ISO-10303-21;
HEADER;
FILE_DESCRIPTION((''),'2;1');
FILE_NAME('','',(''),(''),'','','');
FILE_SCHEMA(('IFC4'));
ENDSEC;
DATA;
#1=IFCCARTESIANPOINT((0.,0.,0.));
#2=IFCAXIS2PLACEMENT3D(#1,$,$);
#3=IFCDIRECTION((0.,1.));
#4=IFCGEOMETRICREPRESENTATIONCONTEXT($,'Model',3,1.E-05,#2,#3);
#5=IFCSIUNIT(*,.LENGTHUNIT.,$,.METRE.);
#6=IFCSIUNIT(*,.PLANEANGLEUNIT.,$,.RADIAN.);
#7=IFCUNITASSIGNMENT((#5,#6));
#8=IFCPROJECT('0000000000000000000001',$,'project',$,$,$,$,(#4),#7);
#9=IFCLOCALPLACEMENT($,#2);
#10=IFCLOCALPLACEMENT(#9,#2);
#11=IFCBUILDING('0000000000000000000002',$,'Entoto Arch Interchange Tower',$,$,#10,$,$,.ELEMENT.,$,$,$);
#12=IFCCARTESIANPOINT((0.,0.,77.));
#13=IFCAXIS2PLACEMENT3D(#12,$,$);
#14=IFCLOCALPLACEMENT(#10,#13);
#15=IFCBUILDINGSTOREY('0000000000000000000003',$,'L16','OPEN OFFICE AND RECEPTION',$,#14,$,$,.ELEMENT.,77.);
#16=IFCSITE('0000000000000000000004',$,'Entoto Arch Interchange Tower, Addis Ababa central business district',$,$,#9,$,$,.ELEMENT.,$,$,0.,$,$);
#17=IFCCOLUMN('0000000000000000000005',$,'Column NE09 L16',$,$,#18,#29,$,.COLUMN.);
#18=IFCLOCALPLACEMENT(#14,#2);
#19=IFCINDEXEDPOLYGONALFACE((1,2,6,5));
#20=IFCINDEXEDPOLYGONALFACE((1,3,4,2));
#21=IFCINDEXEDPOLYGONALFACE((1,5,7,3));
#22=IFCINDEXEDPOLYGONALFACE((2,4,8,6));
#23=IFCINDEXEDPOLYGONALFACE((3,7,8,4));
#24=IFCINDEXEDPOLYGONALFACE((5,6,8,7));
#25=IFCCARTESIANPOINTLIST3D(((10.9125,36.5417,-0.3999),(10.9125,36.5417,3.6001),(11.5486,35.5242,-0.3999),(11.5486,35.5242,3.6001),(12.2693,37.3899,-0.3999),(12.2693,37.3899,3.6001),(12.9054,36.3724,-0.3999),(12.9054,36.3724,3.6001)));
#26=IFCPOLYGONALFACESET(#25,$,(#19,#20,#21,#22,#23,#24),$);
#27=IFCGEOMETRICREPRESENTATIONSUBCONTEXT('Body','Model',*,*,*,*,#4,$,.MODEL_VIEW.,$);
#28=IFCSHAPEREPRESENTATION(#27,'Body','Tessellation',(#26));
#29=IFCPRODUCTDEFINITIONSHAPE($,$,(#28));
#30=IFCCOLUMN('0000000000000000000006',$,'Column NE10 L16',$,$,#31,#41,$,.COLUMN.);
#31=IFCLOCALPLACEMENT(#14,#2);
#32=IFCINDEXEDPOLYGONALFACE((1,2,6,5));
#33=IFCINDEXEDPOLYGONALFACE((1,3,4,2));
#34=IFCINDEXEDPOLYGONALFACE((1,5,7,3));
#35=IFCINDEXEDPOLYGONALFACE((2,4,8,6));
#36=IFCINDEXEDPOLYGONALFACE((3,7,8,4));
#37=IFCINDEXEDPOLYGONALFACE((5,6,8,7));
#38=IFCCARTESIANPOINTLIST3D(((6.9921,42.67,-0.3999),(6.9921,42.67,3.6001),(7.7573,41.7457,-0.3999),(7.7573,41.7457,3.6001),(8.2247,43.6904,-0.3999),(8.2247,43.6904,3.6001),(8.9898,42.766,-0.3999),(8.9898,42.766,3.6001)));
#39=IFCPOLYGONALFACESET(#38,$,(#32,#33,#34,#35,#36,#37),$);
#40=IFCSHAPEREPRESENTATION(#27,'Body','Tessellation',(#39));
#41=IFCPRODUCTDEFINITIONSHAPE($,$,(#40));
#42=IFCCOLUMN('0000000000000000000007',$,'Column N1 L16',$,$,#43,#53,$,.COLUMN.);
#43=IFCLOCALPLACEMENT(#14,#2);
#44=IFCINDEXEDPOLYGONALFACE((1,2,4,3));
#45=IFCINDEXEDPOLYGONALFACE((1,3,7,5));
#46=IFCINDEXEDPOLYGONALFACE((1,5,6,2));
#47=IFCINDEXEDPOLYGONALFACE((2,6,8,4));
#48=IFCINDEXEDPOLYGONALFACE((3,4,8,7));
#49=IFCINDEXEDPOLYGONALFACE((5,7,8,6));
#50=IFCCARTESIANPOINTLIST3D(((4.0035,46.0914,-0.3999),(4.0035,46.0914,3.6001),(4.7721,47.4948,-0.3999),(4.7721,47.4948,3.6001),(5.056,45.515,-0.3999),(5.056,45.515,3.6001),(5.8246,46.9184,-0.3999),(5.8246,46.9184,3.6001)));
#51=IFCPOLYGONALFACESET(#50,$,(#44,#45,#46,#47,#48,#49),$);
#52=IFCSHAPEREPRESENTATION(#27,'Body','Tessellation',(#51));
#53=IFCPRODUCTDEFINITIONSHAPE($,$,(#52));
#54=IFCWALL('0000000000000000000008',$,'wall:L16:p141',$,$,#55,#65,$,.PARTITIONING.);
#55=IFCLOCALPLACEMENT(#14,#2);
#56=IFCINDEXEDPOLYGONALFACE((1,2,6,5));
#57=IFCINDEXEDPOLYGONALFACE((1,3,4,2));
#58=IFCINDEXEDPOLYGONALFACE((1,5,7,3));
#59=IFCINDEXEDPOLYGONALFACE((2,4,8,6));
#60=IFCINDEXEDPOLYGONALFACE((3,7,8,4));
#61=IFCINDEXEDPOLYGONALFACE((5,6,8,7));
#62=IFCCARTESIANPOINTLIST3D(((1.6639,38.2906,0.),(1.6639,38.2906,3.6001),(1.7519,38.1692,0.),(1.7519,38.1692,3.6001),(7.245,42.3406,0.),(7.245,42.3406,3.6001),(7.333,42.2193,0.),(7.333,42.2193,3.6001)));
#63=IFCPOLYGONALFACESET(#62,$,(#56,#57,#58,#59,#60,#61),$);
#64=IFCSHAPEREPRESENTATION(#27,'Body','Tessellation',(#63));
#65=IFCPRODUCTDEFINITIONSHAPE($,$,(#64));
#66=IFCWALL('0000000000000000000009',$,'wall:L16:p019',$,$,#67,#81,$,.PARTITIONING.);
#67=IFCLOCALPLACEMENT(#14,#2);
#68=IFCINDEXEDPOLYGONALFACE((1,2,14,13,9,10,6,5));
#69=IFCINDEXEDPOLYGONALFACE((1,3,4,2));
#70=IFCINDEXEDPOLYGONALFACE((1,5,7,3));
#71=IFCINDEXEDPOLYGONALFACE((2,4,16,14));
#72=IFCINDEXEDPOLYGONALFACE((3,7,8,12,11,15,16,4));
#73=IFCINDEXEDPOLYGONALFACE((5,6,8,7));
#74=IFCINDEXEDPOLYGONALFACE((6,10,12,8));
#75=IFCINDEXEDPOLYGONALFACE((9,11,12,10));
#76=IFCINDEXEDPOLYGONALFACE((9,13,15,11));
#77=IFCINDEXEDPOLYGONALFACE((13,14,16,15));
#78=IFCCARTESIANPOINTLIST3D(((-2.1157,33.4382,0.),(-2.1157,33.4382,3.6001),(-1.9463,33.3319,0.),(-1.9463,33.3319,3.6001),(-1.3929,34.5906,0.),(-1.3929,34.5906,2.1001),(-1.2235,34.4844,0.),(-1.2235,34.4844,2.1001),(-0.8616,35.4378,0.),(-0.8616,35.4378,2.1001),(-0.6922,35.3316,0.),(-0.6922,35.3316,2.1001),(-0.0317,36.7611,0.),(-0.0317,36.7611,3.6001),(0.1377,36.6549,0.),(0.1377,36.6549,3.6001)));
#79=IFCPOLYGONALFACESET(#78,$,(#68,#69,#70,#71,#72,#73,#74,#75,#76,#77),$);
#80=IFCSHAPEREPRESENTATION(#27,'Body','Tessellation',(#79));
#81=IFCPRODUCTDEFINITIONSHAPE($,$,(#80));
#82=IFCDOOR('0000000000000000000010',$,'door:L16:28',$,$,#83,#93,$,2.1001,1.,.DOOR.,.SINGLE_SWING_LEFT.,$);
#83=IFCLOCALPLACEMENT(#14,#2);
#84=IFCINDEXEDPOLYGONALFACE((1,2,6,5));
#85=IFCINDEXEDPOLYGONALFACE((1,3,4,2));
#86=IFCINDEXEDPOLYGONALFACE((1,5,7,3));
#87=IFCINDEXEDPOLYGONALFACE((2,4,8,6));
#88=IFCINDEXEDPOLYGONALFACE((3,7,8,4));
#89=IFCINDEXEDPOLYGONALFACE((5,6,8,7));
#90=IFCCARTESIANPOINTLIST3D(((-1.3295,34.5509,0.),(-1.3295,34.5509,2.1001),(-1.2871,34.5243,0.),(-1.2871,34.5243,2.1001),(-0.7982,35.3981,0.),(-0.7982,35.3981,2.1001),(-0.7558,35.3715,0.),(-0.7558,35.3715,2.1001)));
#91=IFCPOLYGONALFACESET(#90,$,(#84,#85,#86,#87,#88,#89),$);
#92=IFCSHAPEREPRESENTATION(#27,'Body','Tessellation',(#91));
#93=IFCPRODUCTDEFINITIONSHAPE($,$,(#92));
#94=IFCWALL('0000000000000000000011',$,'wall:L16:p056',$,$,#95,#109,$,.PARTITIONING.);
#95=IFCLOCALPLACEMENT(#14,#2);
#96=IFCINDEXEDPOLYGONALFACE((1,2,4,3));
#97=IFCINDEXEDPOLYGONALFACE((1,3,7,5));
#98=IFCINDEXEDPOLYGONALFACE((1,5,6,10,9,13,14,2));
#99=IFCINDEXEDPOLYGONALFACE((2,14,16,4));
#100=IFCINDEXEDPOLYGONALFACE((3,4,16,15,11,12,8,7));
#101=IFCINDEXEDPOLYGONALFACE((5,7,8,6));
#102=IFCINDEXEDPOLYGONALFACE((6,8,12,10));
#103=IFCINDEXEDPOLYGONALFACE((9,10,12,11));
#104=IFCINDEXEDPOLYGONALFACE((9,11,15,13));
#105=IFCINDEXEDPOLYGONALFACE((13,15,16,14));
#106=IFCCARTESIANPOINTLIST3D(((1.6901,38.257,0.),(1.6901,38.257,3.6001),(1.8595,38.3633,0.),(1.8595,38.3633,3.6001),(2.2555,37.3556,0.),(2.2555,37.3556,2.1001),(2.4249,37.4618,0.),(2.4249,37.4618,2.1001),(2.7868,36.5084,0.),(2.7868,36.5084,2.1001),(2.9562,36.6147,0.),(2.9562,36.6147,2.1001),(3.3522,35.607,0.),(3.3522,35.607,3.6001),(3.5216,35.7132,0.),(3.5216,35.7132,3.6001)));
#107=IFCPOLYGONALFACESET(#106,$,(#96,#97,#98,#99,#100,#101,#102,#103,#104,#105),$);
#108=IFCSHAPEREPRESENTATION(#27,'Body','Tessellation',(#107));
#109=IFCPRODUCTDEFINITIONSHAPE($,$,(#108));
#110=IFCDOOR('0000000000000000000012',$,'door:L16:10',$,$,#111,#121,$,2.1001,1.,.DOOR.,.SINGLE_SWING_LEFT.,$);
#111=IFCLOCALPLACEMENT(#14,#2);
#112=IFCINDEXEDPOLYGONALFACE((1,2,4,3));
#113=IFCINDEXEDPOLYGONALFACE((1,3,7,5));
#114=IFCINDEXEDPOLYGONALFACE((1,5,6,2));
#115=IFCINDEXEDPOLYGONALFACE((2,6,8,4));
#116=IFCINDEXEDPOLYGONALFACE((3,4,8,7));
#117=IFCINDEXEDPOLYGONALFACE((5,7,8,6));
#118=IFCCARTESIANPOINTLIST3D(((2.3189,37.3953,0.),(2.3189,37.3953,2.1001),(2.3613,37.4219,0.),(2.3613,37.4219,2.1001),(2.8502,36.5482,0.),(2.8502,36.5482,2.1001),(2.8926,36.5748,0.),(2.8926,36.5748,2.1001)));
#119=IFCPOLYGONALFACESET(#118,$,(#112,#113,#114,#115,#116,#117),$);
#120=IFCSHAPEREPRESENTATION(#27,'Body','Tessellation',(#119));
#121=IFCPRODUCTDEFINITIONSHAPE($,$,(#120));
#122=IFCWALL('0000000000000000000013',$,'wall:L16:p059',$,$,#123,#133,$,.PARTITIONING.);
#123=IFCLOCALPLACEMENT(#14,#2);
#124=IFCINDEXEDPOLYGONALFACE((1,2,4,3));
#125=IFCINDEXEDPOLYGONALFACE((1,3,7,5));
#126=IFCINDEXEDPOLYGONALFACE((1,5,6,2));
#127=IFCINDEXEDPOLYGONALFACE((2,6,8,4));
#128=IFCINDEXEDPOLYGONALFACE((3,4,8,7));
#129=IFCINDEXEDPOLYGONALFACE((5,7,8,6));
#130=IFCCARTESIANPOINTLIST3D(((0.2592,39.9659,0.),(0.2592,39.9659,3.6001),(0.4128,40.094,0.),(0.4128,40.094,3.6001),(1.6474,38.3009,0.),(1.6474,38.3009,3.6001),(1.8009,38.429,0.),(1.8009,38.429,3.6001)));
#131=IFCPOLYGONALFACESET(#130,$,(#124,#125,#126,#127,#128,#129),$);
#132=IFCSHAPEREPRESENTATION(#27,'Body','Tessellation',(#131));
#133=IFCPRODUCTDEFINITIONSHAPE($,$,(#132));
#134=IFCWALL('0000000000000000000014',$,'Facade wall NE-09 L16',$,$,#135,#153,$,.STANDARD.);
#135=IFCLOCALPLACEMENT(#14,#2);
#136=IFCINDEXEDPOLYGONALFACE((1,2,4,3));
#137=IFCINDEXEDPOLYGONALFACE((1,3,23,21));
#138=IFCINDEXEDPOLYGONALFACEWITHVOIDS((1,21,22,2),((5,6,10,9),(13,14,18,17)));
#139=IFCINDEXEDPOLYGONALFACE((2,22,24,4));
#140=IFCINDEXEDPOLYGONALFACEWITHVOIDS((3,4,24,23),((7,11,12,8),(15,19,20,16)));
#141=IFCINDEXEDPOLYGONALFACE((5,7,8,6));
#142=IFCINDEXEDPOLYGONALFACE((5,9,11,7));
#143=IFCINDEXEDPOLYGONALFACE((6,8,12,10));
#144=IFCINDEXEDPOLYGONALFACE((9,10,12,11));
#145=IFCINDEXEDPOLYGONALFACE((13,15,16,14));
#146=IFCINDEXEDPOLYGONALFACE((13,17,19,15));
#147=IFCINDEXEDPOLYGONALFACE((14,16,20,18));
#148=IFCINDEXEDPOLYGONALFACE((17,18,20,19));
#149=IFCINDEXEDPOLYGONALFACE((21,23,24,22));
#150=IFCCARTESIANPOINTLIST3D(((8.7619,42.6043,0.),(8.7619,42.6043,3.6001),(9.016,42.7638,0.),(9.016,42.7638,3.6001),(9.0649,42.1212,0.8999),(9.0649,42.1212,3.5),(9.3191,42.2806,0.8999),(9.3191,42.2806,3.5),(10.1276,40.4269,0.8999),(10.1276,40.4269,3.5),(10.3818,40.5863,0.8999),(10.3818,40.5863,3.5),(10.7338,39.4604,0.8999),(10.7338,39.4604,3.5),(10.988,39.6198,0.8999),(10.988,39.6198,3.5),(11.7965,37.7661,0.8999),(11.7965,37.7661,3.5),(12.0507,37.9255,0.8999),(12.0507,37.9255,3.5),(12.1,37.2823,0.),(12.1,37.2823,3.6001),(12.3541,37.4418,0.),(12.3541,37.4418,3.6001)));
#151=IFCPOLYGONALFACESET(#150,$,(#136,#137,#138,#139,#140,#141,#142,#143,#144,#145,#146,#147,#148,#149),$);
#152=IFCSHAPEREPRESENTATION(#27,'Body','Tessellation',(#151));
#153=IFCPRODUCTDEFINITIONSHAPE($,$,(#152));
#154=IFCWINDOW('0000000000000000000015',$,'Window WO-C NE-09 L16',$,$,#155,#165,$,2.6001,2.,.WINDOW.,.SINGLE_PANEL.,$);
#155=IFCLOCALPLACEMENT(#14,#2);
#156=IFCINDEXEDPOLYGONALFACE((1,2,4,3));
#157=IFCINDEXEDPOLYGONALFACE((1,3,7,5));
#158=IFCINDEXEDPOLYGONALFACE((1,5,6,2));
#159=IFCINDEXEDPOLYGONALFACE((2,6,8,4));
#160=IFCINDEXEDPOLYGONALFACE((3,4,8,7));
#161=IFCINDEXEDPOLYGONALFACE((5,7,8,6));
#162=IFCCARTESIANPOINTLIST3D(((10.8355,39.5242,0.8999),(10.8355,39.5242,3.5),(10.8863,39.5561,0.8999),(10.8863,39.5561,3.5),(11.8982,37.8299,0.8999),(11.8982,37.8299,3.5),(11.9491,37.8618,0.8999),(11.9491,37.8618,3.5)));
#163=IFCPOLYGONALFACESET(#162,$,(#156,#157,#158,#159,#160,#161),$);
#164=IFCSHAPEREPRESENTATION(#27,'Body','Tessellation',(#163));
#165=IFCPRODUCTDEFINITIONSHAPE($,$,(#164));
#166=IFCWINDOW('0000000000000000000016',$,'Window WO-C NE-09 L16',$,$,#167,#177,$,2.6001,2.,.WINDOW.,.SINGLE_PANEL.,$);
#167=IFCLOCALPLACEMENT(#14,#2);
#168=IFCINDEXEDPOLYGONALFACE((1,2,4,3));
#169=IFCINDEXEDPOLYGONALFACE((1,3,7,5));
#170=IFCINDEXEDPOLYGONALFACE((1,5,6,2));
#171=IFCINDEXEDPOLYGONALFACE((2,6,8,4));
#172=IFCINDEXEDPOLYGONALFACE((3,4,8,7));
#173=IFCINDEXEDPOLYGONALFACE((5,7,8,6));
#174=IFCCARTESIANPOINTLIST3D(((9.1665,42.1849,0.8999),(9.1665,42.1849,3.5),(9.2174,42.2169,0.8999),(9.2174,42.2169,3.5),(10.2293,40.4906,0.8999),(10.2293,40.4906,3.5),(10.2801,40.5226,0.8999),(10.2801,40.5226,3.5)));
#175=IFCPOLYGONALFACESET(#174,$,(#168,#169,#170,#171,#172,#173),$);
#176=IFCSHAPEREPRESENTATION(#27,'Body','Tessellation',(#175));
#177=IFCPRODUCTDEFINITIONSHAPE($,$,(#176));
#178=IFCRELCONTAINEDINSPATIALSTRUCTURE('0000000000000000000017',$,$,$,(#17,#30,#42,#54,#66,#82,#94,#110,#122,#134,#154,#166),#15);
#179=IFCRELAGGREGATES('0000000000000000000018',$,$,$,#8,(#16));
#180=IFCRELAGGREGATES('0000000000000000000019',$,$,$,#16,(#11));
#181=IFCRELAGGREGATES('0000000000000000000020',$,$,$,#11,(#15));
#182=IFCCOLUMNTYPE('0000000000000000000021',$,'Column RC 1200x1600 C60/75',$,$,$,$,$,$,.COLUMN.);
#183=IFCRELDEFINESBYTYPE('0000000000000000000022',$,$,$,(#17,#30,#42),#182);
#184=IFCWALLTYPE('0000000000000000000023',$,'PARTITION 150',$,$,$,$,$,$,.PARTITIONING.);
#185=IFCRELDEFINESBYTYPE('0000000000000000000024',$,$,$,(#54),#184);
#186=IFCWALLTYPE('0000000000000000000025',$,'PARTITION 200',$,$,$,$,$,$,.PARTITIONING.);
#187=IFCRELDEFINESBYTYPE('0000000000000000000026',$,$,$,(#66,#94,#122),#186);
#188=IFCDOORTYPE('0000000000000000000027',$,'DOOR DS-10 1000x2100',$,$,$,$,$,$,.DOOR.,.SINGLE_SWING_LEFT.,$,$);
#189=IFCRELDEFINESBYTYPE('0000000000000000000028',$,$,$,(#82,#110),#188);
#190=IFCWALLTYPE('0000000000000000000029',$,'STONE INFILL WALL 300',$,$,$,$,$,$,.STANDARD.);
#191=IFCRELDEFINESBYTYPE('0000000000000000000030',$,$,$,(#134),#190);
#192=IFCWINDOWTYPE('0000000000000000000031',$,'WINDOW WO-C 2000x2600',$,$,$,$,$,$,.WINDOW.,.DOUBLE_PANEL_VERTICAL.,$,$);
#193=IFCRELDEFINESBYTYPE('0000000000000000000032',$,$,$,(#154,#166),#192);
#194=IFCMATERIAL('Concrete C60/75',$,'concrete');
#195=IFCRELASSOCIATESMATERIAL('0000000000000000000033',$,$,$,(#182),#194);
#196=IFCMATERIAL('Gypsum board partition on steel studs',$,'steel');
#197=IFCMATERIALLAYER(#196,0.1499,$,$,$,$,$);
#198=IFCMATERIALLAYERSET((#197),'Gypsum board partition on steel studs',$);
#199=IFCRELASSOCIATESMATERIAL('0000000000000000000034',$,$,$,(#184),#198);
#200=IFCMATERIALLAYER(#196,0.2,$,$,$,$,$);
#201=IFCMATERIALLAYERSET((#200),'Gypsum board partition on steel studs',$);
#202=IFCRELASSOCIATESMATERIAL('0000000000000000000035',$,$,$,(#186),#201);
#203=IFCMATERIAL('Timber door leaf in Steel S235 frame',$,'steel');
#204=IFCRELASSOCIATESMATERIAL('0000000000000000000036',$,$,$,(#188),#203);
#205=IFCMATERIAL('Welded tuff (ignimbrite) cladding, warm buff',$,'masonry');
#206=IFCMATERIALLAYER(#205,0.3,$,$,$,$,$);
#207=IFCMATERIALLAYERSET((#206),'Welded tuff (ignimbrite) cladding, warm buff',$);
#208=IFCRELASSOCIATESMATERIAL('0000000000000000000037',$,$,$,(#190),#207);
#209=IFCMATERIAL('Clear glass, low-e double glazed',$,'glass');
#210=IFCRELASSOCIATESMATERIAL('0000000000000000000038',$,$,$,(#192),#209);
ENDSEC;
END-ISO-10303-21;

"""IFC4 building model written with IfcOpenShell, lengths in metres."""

from ifc_helpers import new_model, si_unit, direction, frame, frame_2d, origin, origin_2d, place, context, subcontext, project, spatial, rectangle, extrude, material, layer, layer_set, material_profile, profile_set, type_object, element, fill, save


model = new_model("IFC4")

# Units and contexts
model_context = context("Model", 3, precision=1e-05, world=origin(), true_north=direction((0.0, 1.0)))
body_context = subcontext(model_context, "Body", "Model", "MODEL_VIEW")
ifc_project = project(units=[si_unit("LENGTHUNIT", "METRE"), si_unit("PLANEANGLEUNIT", "RADIAN")], contexts=[model_context])

# Site, building, storey
site_placement = place(None, origin())
site = spatial("IfcSite", under=ifc_project, at=site_placement, Name="Entoto Arch Interchange Tower, Addis Ababa central business district", CompositionType="ELEMENT", RefElevation=0.0)
building_placement = place(site_placement, origin())
building = spatial("IfcBuilding", under=site, at=building_placement, Name="Entoto Arch Interchange Tower", CompositionType="ELEMENT")
storey_placement = place(building_placement, frame((0.0, 0.0, 77.0)))
storey = spatial("IfcBuildingStorey", under=building, at=storey_placement, Name="L16", Description="OPEN OFFICE AND RECEPTION", CompositionType="ELEMENT", Elevation=77.0)

# Columns
ifc_material_1 = material(Name="Concrete C60/75", Category="concrete")
ifc_material_profile = material_profile(ifc_material_1, rectangle(XDim=1.2, YDim=1.6001, at=origin_2d()))
ifc_profile_set = profile_set([ifc_material_profile], Name="Concrete C60/75")
column_type = type_object("IfcColumnType", Name="Column RC 1200x1600 C60/75", PredefinedType="COLUMN", material=ifc_profile_set)
for number, where, z_axis, x_axis, name in (
    (1, (11.9089, 36.457, -0.3999), (0.0, 0.0, 1.0), (-0.530067, 0.847956, 0.0), "Column NE09 L16"),
    (2, (7.991, 42.718, -0.3999), (0.0, 0.0, 1.0), (-0.637666, 0.770313, 0.0), "Column NE10 L16"),
    (3, (4.9141, 46.5049, -0.3999), (0.0, 0.0, 1.0), (-0.877079, 0.480346, 0.0), "Column N1 L16"),
):
    element("IfcColumn", number, at=place(storey_placement, frame(where, z_axis=z_axis, x_axis=x_axis)), inside=storey, type_object=column_type, Name=name, PredefinedType="COLUMN", context=body_context, shape_type="SweptSolid", body=[
        extrude(rectangle(XDim=1.2, YDim=1.6001, at=origin_2d()), origin(), (0.0, 0.0, 1.0), 4.0),
    ])

# Wall
ifc_material_2 = material(Name="Gypsum board partition on steel studs", Category="steel")
ifc_layer_1 = layer(ifc_material_2, 0.1499)
ifc_layer_set_1 = layer_set([ifc_layer_1], Name="Gypsum board partition on steel studs")
wall_type_1 = type_object("IfcWallType", Name="PARTITION 150", PredefinedType="PARTITIONING", material=ifc_layer_set_1)
wall_1_placement = place(storey_placement, frame((1.708, 38.23, 0.0), z_axis=(0.0, 0.0, 1.0), x_axis=(0.80935, 0.587327, 0.0)))
element("IfcWall", 4, at=wall_1_placement, inside=storey, type_object=wall_type_1, Name="wall:L16:p141", PredefinedType="PARTITIONING", context=body_context, shape_type="SweptSolid", body=[
    extrude(rectangle(XDim=6.8958, YDim=0.1499, at=frame_2d((3.4478, 0.0))), origin(), (0.0, 0.0, 1.0), 3.6001),
])

# Walls, openings, doors
ifc_layer_2 = layer(ifc_material_2, 0.2)
ifc_layer_set_2 = layer_set([ifc_layer_2], Name="Gypsum board partition on steel studs")
wall_type_2 = type_object("IfcWallType", Name="PARTITION 200", PredefinedType="PARTITIONING", material=ifc_layer_set_2)
wall_2_placement = place(storey_placement, frame((0.053, 36.708, 0.0), z_axis=(0.0, 0.0, 1.0), x_axis=(-0.531302, -0.847183, 0.0)))
wall_2 = element("IfcWall", 5, at=wall_2_placement, inside=storey, type_object=wall_type_2, Name="wall:L16:p019", PredefinedType="PARTITIONING", context=body_context, shape_type="SweptSolid", body=[
    extrude(rectangle(XDim=3.9224, YDim=0.2, at=frame_2d((1.9612, 0.0))), origin(), (0.0, 0.0, 1.0), 3.6001),
])
opening_1_placement = place(wall_2_placement, frame((1.562, 0.0, 0.0)))
opening_1 = element("IfcOpeningElement", 6, at=opening_1_placement, cuts=wall_2, PredefinedType="OPENING", context=body_context, shape_type="SweptSolid", body=[
    extrude(rectangle(XDim=1.0, YDim=2.1001, at=frame_2d((0.5, 1.05))), frame((0.0, 0.1099, 0.0), z_axis=(0.0, -1.0, 0.0), x_axis=(1.0, 0.0, 0.0)), (0.0, 0.0, 1.0), 0.22),
])
ifc_material_3 = material(Name="Timber door leaf in Steel S235 frame", Category="steel")
door_type = type_object("IfcDoorType", Name="DOOR DS-10 1000x2100", OperationType="SINGLE_SWING_LEFT", PredefinedType="DOOR", material=ifc_material_3)
door_1_placement = place(opening_1_placement, origin())
door_1 = element("IfcDoor", 7, at=door_1_placement, inside=storey, type_object=door_type, Name="door:L16:28", OperationType="SINGLE_SWING_LEFT", OverallHeight=2.1001, OverallWidth=1.0, PredefinedType="DOOR", context=body_context, shape_type="SweptSolid", body=[
    extrude(rectangle(XDim=1.0, YDim=2.1001, at=frame_2d((0.5, 1.05))), frame((0.0, 0.0249, 0.0), z_axis=(0.0, -1.0, 0.0), x_axis=(1.0, 0.0, 0.0)), (0.0, 0.0, 1.0), 0.05),
])
fill(opening_1, door_1)
wall_3_placement = place(storey_placement, frame((1.7749, 38.3101, 0.0), z_axis=(0.0, 0.0, 1.0), x_axis=(0.531324, -0.847169, 0.0)))
wall_3 = element("IfcWall", 8, at=wall_3_placement, inside=storey, type_object=wall_type_2, Name="wall:L16:p056", PredefinedType="PARTITIONING", context=body_context, shape_type="SweptSolid", body=[
    extrude(rectangle(XDim=3.1282, YDim=0.2, at=frame_2d((1.564, 0.0))), origin(), (0.0, 0.0, 1.0), 3.6001),
])
opening_2_placement = place(wall_3_placement, frame((1.064, 0.0, 0.0)))
opening_2 = element("IfcOpeningElement", 9, at=opening_2_placement, cuts=wall_3, PredefinedType="OPENING", context=body_context, shape_type="SweptSolid", body=[
    extrude(rectangle(XDim=1.0, YDim=2.1001, at=frame_2d((0.5, 1.05))), frame((0.0, 0.1099, 0.0), z_axis=(0.0, -1.0, 0.0), x_axis=(1.0, 0.0, 0.0)), (0.0, 0.0, 1.0), 0.22),
])
door_2_placement = place(opening_2_placement, origin())
door_2 = element("IfcDoor", 10, at=door_2_placement, inside=storey, type_object=door_type, Name="door:L16:10", OperationType="SINGLE_SWING_LEFT", OverallHeight=2.1001, OverallWidth=1.0, PredefinedType="DOOR", context=body_context, shape_type="SweptSolid", body=[
    extrude(rectangle(XDim=1.0, YDim=2.1001, at=frame_2d((0.5, 1.05))), frame((0.0, 0.0249, 0.0), z_axis=(0.0, -1.0, 0.0), x_axis=(1.0, 0.0, 0.0)), (0.0, 0.0, 1.0), 0.05),
])
fill(opening_2, door_2)

# Wall
wall_4_placement = place(storey_placement, frame((0.3359, 40.03, 0.0), z_axis=(0.0, 0.0, 1.0), x_axis=(0.640362, -0.768074, 0.0)))
element("IfcWall", 11, at=wall_4_placement, inside=storey, type_object=wall_type_2, Name="wall:L16:p059", PredefinedType="PARTITIONING", context=body_context, shape_type="SweptSolid", body=[
    extrude(rectangle(XDim=2.1677, YDim=0.2, at=frame_2d((1.084, 0.0))), origin(), (0.0, 0.0, 1.0), 3.6001),
])

# Wall, openings, windows
ifc_material_4 = material(Name="Welded tuff (ignimbrite) cladding, warm buff", Category="masonry")
ifc_layer_3 = layer(ifc_material_4, 0.3)
ifc_layer_set_3 = layer_set([ifc_layer_3], Name="Welded tuff (ignimbrite) cladding, warm buff")
wall_type_3 = type_object("IfcWallType", Name="STONE INFILL WALL 300", PredefinedType="STANDARD", material=ifc_layer_set_3)
wall_5_placement = place(storey_placement, frame((12.2271, 37.3621, 0.0), z_axis=(0.0, 0.0, 1.0), x_axis=(-0.531357, 0.847148, 0.0)))
wall_5 = element("IfcWall", 12, at=wall_5_placement, inside=storey, type_object=wall_type_3, Name="Facade wall NE-09 L16", PredefinedType="STANDARD", context=body_context, shape_type="SweptSolid", body=[
    extrude(rectangle(XDim=6.2822, YDim=0.3, at=frame_2d((3.1411, 0.0))), origin(), (0.0, 0.0, 1.0), 3.6001),
])
opening_3_placement = place(wall_5_placement, frame((0.571, 0.0, 0.8999)))
opening_3 = element("IfcOpeningElement", 13, at=opening_3_placement, cuts=wall_5, PredefinedType="OPENING", context=body_context, shape_type="SweptSolid", body=[
    extrude(rectangle(XDim=2.0, YDim=2.6001, at=frame_2d((1.0, 1.3))), frame((0.0, 0.1602, 0.0), z_axis=(0.0, -1.0, 0.0), x_axis=(1.0, 0.0, 0.0)), (0.0, 0.0, 1.0), 0.3201),
])
opening_4_placement = place(wall_5_placement, frame((3.7119, 0.0, 0.8999)))
opening_4 = element("IfcOpeningElement", 14, at=opening_4_placement, cuts=wall_5, PredefinedType="OPENING", context=body_context, shape_type="SweptSolid", body=[
    extrude(rectangle(XDim=2.0, YDim=2.6001, at=frame_2d((1.0, 1.3))), frame((0.0, 0.1602, 0.0), z_axis=(0.0, -1.0, 0.0), x_axis=(1.0, 0.0, 0.0)), (0.0, 0.0, 1.0), 0.3201),
])
ifc_material_5 = material(Name="Clear glass, low-e double glazed", Category="glass")
window_type_1 = type_object("IfcWindowType", Name="WINDOW WO-C 2000x2600", PartitioningType="DOUBLE_PANEL_VERTICAL", PredefinedType="WINDOW", material=ifc_material_5)
window_1_placement = place(opening_3_placement, origin())
window_1 = element("IfcWindow", 15, at=window_1_placement, inside=storey, type_object=window_type_1, Name="Window WO-C NE-09 L16", OverallHeight=2.6001, OverallWidth=2.0, PartitioningType="SINGLE_PANEL", PredefinedType="WINDOW", context=body_context, shape_type="SweptSolid", body=[
    extrude(rectangle(XDim=2.0, YDim=2.6001, at=frame_2d((1.0, 1.3))), frame((0.0, 0.03, 0.0), z_axis=(0.0, -1.0, 0.0), x_axis=(1.0, 0.0, 0.0)), (0.0, 0.0, 1.0), 0.0601),
])
fill(opening_3, window_1)
window_2_placement = place(opening_4_placement, origin())
window_2 = element("IfcWindow", 16, at=window_2_placement, inside=storey, type_object=window_type_1, Name="Window WO-C NE-09 L16", OverallHeight=2.6001, OverallWidth=2.0, PartitioningType="SINGLE_PANEL", PredefinedType="WINDOW", context=body_context, shape_type="SweptSolid", body=[
    extrude(rectangle(XDim=2.0, YDim=2.6001, at=frame_2d((1.0, 1.3))), frame((0.0, 0.03, 0.0), z_axis=(0.0, -1.0, 0.0), x_axis=(1.0, 0.0, 0.0)), (0.0, 0.0, 1.0), 0.0601),
])
fill(opening_4, window_2)

save(model, "model.ifc")
